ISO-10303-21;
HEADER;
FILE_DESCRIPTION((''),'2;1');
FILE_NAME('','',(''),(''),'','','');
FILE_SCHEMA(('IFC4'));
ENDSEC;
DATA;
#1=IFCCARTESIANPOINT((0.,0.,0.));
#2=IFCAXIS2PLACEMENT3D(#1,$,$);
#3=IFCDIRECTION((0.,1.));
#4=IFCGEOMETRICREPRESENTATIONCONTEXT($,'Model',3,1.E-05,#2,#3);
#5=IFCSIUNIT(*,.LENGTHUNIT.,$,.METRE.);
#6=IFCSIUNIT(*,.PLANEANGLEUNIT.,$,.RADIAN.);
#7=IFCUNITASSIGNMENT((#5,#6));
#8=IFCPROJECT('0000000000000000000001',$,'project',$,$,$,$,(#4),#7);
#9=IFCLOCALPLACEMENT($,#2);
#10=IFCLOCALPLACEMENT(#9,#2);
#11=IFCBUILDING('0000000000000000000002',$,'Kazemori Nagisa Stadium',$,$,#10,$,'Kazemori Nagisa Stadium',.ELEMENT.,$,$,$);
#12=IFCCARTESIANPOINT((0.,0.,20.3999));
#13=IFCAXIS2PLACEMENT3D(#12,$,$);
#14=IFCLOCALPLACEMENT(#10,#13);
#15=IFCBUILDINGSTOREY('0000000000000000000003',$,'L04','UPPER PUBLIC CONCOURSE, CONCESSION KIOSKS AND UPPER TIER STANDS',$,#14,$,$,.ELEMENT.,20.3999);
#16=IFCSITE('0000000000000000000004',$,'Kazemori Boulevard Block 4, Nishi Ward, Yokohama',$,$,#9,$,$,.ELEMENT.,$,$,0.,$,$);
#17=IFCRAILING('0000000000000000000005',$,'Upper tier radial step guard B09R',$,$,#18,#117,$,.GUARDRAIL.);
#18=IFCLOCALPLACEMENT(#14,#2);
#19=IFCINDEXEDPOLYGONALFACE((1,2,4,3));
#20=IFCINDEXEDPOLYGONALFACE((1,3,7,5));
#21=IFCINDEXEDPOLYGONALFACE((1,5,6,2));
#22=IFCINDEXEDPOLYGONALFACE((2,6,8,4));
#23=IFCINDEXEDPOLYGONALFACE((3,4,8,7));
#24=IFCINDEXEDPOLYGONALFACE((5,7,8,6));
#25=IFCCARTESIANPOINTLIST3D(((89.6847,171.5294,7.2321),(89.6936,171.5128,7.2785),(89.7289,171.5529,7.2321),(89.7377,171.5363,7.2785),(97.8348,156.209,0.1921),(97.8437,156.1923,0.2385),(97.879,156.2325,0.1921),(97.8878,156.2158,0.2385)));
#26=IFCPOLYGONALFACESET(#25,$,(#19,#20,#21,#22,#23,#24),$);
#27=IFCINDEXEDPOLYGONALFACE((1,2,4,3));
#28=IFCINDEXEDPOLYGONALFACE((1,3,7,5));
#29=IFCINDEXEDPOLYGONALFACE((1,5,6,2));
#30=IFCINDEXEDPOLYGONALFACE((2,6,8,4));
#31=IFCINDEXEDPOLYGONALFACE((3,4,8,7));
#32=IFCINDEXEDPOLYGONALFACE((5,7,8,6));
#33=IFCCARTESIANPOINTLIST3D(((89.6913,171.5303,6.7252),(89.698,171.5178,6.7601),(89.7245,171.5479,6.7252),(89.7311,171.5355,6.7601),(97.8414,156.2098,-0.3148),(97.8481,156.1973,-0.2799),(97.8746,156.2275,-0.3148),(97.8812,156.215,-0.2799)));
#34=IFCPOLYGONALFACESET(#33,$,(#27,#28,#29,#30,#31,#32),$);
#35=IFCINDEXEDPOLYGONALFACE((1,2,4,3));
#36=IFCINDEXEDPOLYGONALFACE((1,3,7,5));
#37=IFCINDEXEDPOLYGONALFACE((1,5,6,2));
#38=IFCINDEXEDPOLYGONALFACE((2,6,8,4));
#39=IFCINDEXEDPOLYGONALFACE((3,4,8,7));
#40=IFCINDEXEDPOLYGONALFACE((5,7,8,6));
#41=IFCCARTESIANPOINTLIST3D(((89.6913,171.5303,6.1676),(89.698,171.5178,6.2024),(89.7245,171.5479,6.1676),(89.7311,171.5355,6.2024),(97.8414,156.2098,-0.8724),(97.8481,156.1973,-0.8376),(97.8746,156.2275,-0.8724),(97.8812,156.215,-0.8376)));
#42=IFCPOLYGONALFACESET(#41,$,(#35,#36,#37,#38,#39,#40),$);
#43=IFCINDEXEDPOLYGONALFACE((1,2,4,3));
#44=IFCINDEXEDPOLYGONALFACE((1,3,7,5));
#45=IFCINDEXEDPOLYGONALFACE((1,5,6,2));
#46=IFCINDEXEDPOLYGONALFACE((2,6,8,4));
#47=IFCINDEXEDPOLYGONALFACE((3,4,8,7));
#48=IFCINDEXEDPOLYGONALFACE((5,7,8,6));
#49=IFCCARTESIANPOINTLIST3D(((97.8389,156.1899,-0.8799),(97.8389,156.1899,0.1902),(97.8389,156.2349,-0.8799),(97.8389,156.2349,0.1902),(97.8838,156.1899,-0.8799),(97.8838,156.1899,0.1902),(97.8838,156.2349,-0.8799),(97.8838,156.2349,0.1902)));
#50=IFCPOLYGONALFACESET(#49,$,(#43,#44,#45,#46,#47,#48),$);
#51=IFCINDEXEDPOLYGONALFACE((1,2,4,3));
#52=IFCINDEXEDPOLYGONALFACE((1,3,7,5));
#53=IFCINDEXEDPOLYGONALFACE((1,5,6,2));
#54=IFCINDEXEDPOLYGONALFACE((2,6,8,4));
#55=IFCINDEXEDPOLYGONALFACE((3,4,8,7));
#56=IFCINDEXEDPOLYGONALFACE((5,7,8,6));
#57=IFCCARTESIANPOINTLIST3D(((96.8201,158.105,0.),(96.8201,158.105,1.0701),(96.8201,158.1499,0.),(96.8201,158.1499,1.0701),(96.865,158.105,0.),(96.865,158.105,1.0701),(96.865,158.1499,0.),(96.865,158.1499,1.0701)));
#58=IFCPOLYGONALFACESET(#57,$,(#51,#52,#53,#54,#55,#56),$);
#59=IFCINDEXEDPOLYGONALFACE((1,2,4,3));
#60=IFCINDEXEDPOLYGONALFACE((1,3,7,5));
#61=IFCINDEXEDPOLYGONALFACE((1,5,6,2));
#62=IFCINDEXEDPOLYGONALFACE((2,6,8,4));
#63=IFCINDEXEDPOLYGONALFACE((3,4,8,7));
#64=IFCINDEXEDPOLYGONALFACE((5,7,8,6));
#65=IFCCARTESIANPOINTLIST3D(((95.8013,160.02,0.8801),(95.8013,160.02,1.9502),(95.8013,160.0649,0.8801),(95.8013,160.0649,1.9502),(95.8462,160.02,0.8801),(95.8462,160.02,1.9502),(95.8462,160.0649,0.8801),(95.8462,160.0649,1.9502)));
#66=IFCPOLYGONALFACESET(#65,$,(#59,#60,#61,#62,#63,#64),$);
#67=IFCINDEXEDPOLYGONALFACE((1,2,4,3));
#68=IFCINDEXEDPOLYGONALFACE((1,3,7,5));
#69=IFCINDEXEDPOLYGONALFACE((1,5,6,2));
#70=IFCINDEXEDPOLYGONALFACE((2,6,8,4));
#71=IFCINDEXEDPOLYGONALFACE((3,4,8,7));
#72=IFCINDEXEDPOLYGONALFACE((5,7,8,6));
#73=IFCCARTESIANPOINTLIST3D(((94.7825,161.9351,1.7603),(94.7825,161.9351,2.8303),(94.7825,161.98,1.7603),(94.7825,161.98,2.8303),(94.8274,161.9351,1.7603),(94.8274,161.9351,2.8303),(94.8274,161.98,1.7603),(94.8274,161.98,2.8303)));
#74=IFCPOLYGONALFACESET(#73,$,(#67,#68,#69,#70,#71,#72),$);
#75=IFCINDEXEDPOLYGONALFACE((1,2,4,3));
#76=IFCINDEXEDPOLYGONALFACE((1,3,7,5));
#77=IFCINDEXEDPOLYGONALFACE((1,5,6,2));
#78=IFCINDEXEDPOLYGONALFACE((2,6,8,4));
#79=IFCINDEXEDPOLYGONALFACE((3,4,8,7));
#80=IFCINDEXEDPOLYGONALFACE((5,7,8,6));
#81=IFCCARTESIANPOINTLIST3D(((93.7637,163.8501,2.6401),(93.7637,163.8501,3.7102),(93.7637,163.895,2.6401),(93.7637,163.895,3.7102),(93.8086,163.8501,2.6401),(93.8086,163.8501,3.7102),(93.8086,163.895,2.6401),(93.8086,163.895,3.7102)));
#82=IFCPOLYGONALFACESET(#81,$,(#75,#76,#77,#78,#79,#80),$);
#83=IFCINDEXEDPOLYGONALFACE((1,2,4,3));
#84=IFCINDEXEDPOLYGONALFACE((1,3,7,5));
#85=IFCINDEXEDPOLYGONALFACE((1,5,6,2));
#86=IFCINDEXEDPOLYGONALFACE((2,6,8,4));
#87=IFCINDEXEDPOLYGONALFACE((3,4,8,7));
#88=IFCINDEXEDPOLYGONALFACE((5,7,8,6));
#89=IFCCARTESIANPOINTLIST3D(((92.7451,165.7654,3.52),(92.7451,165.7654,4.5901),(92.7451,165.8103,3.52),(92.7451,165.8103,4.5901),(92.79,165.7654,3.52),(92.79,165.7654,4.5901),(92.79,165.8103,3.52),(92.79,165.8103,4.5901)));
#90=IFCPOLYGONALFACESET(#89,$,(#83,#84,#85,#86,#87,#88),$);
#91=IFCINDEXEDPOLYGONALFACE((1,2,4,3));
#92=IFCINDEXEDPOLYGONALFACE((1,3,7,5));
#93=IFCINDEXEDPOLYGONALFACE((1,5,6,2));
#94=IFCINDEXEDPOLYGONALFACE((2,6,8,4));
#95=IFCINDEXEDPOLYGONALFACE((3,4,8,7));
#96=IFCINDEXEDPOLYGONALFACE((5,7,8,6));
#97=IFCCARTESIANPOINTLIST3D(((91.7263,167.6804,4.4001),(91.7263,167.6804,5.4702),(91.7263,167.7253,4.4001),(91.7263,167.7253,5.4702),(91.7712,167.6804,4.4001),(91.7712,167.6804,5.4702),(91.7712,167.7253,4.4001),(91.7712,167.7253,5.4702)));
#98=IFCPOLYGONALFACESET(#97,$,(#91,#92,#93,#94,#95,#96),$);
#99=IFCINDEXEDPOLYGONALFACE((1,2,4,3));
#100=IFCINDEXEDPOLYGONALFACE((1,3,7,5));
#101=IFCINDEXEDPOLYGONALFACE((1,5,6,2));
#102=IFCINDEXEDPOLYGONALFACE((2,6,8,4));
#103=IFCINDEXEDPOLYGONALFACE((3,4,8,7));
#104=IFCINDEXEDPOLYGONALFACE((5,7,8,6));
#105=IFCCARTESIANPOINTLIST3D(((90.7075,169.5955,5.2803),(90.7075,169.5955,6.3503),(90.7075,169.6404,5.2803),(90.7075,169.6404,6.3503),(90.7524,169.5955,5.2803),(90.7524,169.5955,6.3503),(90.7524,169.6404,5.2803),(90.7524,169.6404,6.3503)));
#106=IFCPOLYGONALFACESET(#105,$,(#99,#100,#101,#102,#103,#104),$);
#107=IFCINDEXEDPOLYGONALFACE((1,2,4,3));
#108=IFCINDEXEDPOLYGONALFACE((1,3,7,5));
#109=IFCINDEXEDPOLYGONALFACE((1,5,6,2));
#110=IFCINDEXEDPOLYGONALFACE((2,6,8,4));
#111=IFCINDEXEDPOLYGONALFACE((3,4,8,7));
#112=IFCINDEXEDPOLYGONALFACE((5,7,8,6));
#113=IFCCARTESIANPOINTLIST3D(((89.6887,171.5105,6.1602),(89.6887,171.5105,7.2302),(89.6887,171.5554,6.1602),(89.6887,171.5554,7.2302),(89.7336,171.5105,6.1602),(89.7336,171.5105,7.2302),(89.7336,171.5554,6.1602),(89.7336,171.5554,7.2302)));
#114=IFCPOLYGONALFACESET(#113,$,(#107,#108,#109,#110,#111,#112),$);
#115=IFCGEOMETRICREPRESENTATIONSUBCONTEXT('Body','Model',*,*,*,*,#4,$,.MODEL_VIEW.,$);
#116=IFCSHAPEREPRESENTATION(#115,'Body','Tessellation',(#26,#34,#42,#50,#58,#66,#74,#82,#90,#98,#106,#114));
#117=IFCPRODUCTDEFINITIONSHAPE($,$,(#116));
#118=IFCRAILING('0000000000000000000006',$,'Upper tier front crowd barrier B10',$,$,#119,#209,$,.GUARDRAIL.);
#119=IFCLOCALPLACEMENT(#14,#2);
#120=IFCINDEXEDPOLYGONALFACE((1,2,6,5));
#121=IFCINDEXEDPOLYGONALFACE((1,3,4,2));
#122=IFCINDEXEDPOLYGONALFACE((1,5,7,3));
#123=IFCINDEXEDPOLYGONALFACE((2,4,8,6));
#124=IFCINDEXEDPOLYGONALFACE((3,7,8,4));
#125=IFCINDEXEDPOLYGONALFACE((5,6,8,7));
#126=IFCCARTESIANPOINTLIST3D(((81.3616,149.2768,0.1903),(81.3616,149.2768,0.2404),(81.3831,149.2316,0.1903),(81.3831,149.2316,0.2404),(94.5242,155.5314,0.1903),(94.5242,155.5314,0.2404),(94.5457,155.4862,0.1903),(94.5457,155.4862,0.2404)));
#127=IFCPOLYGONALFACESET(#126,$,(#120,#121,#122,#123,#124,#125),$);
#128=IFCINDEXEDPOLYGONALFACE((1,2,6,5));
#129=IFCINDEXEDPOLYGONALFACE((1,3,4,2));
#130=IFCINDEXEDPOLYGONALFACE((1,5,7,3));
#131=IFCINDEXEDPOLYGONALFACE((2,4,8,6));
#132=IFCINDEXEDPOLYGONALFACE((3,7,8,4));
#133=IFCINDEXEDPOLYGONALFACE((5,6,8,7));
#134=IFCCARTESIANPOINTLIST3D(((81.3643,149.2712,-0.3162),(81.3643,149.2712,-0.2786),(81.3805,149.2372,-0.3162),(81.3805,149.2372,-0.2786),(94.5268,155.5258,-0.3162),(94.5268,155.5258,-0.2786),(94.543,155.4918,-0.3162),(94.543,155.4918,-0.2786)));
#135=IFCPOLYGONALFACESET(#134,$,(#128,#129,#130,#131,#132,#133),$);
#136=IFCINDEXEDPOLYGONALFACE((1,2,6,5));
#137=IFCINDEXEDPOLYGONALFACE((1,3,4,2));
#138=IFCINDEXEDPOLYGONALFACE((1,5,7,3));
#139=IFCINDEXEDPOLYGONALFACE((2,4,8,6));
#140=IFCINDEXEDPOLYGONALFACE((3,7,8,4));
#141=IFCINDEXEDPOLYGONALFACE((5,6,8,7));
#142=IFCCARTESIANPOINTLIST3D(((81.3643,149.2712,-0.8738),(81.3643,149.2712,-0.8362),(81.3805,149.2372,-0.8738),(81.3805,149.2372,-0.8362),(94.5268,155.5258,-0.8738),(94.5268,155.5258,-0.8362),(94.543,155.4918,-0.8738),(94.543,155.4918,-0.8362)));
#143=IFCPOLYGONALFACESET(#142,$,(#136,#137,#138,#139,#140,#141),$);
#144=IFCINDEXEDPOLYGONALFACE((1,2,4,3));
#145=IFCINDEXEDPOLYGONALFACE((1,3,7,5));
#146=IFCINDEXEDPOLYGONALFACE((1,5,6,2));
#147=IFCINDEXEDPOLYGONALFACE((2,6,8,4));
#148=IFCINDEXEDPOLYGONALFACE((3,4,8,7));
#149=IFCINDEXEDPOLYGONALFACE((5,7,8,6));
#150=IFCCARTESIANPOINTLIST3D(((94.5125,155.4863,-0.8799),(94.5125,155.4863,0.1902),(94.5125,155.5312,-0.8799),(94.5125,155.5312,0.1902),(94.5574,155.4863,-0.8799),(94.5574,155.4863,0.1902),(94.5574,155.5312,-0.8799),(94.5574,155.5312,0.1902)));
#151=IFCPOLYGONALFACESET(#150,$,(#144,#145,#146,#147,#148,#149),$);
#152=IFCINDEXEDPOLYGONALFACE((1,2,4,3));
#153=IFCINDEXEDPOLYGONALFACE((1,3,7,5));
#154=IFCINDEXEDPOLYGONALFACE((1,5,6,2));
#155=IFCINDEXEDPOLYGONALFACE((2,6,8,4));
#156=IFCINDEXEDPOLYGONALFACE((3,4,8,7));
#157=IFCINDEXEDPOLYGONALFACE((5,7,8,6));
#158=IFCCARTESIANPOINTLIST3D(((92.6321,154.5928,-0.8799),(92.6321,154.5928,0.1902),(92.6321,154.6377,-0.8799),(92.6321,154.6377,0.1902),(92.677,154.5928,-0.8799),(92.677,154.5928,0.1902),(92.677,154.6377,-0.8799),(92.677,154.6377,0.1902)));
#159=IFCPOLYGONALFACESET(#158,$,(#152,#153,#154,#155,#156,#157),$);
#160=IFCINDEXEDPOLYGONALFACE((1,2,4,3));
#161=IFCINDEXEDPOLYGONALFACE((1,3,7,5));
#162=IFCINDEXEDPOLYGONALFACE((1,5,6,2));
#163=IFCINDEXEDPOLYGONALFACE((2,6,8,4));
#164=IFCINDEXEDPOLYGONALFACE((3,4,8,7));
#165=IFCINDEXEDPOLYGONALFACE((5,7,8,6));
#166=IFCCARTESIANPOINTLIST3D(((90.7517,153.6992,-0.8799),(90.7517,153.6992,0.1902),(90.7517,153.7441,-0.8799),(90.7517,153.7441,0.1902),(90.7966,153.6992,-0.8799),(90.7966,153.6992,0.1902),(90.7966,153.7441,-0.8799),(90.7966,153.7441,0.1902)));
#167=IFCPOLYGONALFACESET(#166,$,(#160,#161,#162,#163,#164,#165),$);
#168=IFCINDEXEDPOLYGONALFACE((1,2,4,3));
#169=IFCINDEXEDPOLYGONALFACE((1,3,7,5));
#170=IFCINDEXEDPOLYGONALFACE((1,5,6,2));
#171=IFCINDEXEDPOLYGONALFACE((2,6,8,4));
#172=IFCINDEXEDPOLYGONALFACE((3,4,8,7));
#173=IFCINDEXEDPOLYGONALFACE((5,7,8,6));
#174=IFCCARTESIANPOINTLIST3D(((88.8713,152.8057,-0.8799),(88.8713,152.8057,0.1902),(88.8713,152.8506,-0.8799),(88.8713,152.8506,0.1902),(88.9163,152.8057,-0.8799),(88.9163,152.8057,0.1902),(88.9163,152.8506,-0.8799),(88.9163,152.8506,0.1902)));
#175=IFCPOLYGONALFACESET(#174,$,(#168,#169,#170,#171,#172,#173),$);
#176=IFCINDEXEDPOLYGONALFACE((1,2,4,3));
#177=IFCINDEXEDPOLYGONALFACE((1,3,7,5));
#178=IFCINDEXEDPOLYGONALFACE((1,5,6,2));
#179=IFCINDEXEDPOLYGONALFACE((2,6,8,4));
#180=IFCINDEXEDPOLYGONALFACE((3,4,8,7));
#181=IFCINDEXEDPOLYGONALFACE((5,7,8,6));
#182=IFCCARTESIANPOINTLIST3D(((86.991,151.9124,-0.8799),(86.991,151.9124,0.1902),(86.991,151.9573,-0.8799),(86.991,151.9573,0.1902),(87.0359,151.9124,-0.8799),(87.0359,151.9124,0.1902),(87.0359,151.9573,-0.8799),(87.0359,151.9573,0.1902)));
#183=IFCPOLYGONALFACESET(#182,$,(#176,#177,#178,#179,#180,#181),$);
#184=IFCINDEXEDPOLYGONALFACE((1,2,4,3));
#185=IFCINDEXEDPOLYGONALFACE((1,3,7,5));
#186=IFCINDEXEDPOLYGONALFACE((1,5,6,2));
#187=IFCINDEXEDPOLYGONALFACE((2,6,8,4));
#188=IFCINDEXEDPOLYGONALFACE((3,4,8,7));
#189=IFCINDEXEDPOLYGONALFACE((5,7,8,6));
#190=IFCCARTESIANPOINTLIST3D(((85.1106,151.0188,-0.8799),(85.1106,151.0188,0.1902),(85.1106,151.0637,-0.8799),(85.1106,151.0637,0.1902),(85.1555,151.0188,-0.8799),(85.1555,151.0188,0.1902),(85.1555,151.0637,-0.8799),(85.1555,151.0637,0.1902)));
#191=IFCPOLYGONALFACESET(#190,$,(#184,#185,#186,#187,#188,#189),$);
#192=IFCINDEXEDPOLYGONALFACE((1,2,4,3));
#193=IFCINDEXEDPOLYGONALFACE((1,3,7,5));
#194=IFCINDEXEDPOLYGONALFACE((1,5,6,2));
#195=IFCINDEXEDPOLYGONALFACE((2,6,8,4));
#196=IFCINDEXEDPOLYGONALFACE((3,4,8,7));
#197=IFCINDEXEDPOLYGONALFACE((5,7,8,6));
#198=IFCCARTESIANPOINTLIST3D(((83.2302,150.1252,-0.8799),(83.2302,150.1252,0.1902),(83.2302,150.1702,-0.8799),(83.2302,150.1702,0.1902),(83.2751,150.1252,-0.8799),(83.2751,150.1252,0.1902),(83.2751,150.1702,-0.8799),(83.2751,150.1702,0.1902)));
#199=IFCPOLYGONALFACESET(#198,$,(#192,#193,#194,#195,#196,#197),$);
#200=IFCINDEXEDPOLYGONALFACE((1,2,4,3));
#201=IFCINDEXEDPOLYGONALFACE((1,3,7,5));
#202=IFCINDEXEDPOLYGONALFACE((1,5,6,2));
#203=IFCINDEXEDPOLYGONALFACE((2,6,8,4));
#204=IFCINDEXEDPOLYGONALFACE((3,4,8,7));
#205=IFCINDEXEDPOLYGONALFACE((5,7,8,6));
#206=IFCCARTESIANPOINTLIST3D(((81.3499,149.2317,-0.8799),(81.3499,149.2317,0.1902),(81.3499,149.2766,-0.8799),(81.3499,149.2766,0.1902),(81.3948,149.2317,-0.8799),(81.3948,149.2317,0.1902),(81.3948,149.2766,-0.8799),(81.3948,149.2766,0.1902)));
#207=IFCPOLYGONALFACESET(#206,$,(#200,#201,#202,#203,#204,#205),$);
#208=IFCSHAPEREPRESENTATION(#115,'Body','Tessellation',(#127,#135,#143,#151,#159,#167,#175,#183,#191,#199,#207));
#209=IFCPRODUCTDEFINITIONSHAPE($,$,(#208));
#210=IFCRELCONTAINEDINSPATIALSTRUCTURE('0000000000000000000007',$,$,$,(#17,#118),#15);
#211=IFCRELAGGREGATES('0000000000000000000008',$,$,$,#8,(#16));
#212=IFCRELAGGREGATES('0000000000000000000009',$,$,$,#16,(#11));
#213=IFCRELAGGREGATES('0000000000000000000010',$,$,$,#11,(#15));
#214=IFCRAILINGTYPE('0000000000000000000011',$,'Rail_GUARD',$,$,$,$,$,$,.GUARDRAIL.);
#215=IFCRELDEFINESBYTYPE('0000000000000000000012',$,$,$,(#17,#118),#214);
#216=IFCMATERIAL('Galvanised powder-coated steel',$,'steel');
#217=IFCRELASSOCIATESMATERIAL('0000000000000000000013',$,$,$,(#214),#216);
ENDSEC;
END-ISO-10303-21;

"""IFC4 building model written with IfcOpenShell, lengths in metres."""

from ifc_helpers import new_model, si_unit, direction, frame, origin, origin_2d, place, context, subcontext, project, spatial, rectangle, extrude, material, type_object, element, save


model = new_model("IFC4")

# Units and contexts
model_context = context("Model", 3, precision=1e-05, world=origin(), true_north=direction((0.0, 1.0)))
body_context = subcontext(model_context, "Body", "Model", "MODEL_VIEW")
ifc_project = project(units=[si_unit("LENGTHUNIT", "METRE"), si_unit("PLANEANGLEUNIT", "RADIAN")], contexts=[model_context])

# Site, building, storey
site_placement = place(None, origin())
site = spatial("IfcSite", under=ifc_project, at=site_placement, Name="Kazemori Boulevard Block 4, Nishi Ward, Yokohama", CompositionType="ELEMENT", RefElevation=0.0)
building_placement = place(site_placement, origin())
building = spatial("IfcBuilding", under=site, at=building_placement, Name="Kazemori Nagisa Stadium", LongName="Kazemori Nagisa Stadium", CompositionType="ELEMENT")
storey_placement = place(building_placement, frame((0.0, 0.0, 20.3999)))
storey = spatial("IfcBuildingStorey", under=building, at=storey_placement, Name="L04", Description="UPPER PUBLIC CONCOURSE, CONCESSION KIOSKS AND UPPER TIER STANDS", CompositionType="ELEMENT", Elevation=20.3999)

# Railings
ifc_material_1 = material(Name="Galvanised powder-coated steel", Category="steel")
railing_type_1 = type_object("IfcRailingType", Name="Rail_GUARD", PredefinedType="GUARDRAIL", material=ifc_material_1)
railing_1_placement = place(storey_placement, frame((97.8613, 156.2124, -0.8799)))
element("IfcRailing", 1, at=railing_1_placement, inside=storey, type_object=railing_type_1, Name="Upper tier radial step guard B09R", PredefinedType="GUARDRAIL", context=body_context, shape_type="SweptSolid", body=[
    extrude(rectangle(XDim=0.05, YDim=0.05, at=origin_2d()), frame((0.0, 0.0, 1.0952), z_axis=(-0.435205, 0.818093, 0.375927), x_axis=(-0.882851, -0.469654, 0.0)), (0.0, 0.0, 1.0), 18.7271),
    extrude(rectangle(XDim=0.0376, YDim=0.0376, at=origin_2d()), frame((0.0, 0.0, 0.5825), z_axis=(-0.435205, 0.818093, 0.375927), x_axis=(-0.882851, -0.469654, 0.0)), (0.0, 0.0, 1.0), 18.7271),
    extrude(rectangle(XDim=0.0376, YDim=0.0376, at=origin_2d()), frame((0.0, 0.0, 0.0249), z_axis=(-0.435205, 0.818093, 0.375927), x_axis=(-0.882851, -0.469654, 0.0)), (0.0, 0.0, 1.0), 18.7271),
    extrude(rectangle(XDim=0.0449, YDim=0.0449, at=origin_2d()), origin(), (0.0, 0.0, 1.0), 1.0701),
    extrude(rectangle(XDim=0.0449, YDim=0.0449, at=origin_2d()), frame((-1.0188, 1.915, 0.8799)), (0.0, 0.0, 1.0), 1.0701),
    extrude(rectangle(XDim=0.0449, YDim=0.0449, at=origin_2d()), frame((-2.0376, 3.8301, 1.76)), (0.0, 0.0, 1.0), 1.0701),
    extrude(rectangle(XDim=0.0449, YDim=0.0449, at=origin_2d()), frame((-3.0564, 5.7451, 2.6401)), (0.0, 0.0, 1.0), 1.0701),
    extrude(rectangle(XDim=0.0449, YDim=0.0449, at=origin_2d()), frame((-4.0752, 7.6602, 3.52)), (0.0, 0.0, 1.0), 1.0701),
    extrude(rectangle(XDim=0.0449, YDim=0.0449, at=origin_2d()), frame((-5.0938, 9.5754, 4.3999)), (0.0, 0.0, 1.0), 1.0701),
    extrude(rectangle(XDim=0.0449, YDim=0.0449, at=origin_2d()), frame((-6.1125, 11.4905, 5.28)), (0.0, 0.0, 1.0), 1.0701),
    extrude(rectangle(XDim=0.0449, YDim=0.0449, at=origin_2d()), frame((-7.1313, 13.4055, 6.1602)), (0.0, 0.0, 1.0), 1.0701),
    extrude(rectangle(XDim=0.0449, YDim=0.0449, at=origin_2d()), frame((-8.1501, 15.3206, 7.04)), (0.0, 0.0, 1.0), 1.0701),
])
railing_2_placement = place(storey_placement, frame((94.5349, 155.5088, -0.8799)))
element("IfcRailing", 2, at=railing_2_placement, inside=storey, type_object=railing_type_1, Name="Upper tier front crowd barrier B10", PredefinedType="GUARDRAIL", context=body_context, shape_type="SweptSolid", body=[
    extrude(rectangle(XDim=0.05, YDim=0.05, at=origin_2d()), frame((0.0, 0.0, 1.0952), z_axis=(-0.903214, -0.429191, 0.0), x_axis=(0.429191, -0.903214, 0.0)), (0.0, 0.0, 1.0), 14.573),
    extrude(rectangle(XDim=0.0376, YDim=0.0376, at=origin_2d()), frame((0.0, 0.0, 0.5825), z_axis=(-0.903214, -0.429191, 0.0), x_axis=(0.429191, -0.903214, 0.0)), (0.0, 0.0, 1.0), 14.573),
    extrude(rectangle(XDim=0.0376, YDim=0.0376, at=origin_2d()), frame((0.0, 0.0, 0.0249), z_axis=(-0.903214, -0.429191, 0.0), x_axis=(0.429191, -0.903214, 0.0)), (0.0, 0.0, 1.0), 14.573),
    extrude(rectangle(XDim=0.0449, YDim=0.0449, at=origin_2d()), origin(), (0.0, 0.0, 1.0), 1.0701),
    extrude(rectangle(XDim=0.0449, YDim=0.0449, at=origin_2d()), frame((-1.8804, -0.8936, 0.0)), (0.0, 0.0, 1.0), 1.0701),
    extrude(rectangle(XDim=0.0449, YDim=0.0449, at=origin_2d()), frame((-3.7607, -1.7871, 0.0)), (0.0, 0.0, 1.0), 1.0701),
    extrude(rectangle(XDim=0.0449, YDim=0.0449, at=origin_2d()), frame((-5.6411, -2.6807, 0.0)), (0.0, 0.0, 1.0), 1.0701),
    extrude(rectangle(XDim=0.0449, YDim=0.0449, at=origin_2d()), frame((-7.5215, -3.574, 0.0)), (0.0, 0.0, 1.0), 1.0701),
    extrude(rectangle(XDim=0.0449, YDim=0.0449, at=origin_2d()), frame((-9.4019, -4.4675, 0.0)), (0.0, 0.0, 1.0), 1.0701),
    extrude(rectangle(XDim=0.0449, YDim=0.0449, at=origin_2d()), frame((-11.2822, -5.3611, 0.0)), (0.0, 0.0, 1.0), 1.0701),
    extrude(rectangle(XDim=0.0449, YDim=0.0449, at=origin_2d()), frame((-13.1626, -6.2546, 0.0)), (0.0, 0.0, 1.0), 1.0701),
])

save(model, "model.ifc")
